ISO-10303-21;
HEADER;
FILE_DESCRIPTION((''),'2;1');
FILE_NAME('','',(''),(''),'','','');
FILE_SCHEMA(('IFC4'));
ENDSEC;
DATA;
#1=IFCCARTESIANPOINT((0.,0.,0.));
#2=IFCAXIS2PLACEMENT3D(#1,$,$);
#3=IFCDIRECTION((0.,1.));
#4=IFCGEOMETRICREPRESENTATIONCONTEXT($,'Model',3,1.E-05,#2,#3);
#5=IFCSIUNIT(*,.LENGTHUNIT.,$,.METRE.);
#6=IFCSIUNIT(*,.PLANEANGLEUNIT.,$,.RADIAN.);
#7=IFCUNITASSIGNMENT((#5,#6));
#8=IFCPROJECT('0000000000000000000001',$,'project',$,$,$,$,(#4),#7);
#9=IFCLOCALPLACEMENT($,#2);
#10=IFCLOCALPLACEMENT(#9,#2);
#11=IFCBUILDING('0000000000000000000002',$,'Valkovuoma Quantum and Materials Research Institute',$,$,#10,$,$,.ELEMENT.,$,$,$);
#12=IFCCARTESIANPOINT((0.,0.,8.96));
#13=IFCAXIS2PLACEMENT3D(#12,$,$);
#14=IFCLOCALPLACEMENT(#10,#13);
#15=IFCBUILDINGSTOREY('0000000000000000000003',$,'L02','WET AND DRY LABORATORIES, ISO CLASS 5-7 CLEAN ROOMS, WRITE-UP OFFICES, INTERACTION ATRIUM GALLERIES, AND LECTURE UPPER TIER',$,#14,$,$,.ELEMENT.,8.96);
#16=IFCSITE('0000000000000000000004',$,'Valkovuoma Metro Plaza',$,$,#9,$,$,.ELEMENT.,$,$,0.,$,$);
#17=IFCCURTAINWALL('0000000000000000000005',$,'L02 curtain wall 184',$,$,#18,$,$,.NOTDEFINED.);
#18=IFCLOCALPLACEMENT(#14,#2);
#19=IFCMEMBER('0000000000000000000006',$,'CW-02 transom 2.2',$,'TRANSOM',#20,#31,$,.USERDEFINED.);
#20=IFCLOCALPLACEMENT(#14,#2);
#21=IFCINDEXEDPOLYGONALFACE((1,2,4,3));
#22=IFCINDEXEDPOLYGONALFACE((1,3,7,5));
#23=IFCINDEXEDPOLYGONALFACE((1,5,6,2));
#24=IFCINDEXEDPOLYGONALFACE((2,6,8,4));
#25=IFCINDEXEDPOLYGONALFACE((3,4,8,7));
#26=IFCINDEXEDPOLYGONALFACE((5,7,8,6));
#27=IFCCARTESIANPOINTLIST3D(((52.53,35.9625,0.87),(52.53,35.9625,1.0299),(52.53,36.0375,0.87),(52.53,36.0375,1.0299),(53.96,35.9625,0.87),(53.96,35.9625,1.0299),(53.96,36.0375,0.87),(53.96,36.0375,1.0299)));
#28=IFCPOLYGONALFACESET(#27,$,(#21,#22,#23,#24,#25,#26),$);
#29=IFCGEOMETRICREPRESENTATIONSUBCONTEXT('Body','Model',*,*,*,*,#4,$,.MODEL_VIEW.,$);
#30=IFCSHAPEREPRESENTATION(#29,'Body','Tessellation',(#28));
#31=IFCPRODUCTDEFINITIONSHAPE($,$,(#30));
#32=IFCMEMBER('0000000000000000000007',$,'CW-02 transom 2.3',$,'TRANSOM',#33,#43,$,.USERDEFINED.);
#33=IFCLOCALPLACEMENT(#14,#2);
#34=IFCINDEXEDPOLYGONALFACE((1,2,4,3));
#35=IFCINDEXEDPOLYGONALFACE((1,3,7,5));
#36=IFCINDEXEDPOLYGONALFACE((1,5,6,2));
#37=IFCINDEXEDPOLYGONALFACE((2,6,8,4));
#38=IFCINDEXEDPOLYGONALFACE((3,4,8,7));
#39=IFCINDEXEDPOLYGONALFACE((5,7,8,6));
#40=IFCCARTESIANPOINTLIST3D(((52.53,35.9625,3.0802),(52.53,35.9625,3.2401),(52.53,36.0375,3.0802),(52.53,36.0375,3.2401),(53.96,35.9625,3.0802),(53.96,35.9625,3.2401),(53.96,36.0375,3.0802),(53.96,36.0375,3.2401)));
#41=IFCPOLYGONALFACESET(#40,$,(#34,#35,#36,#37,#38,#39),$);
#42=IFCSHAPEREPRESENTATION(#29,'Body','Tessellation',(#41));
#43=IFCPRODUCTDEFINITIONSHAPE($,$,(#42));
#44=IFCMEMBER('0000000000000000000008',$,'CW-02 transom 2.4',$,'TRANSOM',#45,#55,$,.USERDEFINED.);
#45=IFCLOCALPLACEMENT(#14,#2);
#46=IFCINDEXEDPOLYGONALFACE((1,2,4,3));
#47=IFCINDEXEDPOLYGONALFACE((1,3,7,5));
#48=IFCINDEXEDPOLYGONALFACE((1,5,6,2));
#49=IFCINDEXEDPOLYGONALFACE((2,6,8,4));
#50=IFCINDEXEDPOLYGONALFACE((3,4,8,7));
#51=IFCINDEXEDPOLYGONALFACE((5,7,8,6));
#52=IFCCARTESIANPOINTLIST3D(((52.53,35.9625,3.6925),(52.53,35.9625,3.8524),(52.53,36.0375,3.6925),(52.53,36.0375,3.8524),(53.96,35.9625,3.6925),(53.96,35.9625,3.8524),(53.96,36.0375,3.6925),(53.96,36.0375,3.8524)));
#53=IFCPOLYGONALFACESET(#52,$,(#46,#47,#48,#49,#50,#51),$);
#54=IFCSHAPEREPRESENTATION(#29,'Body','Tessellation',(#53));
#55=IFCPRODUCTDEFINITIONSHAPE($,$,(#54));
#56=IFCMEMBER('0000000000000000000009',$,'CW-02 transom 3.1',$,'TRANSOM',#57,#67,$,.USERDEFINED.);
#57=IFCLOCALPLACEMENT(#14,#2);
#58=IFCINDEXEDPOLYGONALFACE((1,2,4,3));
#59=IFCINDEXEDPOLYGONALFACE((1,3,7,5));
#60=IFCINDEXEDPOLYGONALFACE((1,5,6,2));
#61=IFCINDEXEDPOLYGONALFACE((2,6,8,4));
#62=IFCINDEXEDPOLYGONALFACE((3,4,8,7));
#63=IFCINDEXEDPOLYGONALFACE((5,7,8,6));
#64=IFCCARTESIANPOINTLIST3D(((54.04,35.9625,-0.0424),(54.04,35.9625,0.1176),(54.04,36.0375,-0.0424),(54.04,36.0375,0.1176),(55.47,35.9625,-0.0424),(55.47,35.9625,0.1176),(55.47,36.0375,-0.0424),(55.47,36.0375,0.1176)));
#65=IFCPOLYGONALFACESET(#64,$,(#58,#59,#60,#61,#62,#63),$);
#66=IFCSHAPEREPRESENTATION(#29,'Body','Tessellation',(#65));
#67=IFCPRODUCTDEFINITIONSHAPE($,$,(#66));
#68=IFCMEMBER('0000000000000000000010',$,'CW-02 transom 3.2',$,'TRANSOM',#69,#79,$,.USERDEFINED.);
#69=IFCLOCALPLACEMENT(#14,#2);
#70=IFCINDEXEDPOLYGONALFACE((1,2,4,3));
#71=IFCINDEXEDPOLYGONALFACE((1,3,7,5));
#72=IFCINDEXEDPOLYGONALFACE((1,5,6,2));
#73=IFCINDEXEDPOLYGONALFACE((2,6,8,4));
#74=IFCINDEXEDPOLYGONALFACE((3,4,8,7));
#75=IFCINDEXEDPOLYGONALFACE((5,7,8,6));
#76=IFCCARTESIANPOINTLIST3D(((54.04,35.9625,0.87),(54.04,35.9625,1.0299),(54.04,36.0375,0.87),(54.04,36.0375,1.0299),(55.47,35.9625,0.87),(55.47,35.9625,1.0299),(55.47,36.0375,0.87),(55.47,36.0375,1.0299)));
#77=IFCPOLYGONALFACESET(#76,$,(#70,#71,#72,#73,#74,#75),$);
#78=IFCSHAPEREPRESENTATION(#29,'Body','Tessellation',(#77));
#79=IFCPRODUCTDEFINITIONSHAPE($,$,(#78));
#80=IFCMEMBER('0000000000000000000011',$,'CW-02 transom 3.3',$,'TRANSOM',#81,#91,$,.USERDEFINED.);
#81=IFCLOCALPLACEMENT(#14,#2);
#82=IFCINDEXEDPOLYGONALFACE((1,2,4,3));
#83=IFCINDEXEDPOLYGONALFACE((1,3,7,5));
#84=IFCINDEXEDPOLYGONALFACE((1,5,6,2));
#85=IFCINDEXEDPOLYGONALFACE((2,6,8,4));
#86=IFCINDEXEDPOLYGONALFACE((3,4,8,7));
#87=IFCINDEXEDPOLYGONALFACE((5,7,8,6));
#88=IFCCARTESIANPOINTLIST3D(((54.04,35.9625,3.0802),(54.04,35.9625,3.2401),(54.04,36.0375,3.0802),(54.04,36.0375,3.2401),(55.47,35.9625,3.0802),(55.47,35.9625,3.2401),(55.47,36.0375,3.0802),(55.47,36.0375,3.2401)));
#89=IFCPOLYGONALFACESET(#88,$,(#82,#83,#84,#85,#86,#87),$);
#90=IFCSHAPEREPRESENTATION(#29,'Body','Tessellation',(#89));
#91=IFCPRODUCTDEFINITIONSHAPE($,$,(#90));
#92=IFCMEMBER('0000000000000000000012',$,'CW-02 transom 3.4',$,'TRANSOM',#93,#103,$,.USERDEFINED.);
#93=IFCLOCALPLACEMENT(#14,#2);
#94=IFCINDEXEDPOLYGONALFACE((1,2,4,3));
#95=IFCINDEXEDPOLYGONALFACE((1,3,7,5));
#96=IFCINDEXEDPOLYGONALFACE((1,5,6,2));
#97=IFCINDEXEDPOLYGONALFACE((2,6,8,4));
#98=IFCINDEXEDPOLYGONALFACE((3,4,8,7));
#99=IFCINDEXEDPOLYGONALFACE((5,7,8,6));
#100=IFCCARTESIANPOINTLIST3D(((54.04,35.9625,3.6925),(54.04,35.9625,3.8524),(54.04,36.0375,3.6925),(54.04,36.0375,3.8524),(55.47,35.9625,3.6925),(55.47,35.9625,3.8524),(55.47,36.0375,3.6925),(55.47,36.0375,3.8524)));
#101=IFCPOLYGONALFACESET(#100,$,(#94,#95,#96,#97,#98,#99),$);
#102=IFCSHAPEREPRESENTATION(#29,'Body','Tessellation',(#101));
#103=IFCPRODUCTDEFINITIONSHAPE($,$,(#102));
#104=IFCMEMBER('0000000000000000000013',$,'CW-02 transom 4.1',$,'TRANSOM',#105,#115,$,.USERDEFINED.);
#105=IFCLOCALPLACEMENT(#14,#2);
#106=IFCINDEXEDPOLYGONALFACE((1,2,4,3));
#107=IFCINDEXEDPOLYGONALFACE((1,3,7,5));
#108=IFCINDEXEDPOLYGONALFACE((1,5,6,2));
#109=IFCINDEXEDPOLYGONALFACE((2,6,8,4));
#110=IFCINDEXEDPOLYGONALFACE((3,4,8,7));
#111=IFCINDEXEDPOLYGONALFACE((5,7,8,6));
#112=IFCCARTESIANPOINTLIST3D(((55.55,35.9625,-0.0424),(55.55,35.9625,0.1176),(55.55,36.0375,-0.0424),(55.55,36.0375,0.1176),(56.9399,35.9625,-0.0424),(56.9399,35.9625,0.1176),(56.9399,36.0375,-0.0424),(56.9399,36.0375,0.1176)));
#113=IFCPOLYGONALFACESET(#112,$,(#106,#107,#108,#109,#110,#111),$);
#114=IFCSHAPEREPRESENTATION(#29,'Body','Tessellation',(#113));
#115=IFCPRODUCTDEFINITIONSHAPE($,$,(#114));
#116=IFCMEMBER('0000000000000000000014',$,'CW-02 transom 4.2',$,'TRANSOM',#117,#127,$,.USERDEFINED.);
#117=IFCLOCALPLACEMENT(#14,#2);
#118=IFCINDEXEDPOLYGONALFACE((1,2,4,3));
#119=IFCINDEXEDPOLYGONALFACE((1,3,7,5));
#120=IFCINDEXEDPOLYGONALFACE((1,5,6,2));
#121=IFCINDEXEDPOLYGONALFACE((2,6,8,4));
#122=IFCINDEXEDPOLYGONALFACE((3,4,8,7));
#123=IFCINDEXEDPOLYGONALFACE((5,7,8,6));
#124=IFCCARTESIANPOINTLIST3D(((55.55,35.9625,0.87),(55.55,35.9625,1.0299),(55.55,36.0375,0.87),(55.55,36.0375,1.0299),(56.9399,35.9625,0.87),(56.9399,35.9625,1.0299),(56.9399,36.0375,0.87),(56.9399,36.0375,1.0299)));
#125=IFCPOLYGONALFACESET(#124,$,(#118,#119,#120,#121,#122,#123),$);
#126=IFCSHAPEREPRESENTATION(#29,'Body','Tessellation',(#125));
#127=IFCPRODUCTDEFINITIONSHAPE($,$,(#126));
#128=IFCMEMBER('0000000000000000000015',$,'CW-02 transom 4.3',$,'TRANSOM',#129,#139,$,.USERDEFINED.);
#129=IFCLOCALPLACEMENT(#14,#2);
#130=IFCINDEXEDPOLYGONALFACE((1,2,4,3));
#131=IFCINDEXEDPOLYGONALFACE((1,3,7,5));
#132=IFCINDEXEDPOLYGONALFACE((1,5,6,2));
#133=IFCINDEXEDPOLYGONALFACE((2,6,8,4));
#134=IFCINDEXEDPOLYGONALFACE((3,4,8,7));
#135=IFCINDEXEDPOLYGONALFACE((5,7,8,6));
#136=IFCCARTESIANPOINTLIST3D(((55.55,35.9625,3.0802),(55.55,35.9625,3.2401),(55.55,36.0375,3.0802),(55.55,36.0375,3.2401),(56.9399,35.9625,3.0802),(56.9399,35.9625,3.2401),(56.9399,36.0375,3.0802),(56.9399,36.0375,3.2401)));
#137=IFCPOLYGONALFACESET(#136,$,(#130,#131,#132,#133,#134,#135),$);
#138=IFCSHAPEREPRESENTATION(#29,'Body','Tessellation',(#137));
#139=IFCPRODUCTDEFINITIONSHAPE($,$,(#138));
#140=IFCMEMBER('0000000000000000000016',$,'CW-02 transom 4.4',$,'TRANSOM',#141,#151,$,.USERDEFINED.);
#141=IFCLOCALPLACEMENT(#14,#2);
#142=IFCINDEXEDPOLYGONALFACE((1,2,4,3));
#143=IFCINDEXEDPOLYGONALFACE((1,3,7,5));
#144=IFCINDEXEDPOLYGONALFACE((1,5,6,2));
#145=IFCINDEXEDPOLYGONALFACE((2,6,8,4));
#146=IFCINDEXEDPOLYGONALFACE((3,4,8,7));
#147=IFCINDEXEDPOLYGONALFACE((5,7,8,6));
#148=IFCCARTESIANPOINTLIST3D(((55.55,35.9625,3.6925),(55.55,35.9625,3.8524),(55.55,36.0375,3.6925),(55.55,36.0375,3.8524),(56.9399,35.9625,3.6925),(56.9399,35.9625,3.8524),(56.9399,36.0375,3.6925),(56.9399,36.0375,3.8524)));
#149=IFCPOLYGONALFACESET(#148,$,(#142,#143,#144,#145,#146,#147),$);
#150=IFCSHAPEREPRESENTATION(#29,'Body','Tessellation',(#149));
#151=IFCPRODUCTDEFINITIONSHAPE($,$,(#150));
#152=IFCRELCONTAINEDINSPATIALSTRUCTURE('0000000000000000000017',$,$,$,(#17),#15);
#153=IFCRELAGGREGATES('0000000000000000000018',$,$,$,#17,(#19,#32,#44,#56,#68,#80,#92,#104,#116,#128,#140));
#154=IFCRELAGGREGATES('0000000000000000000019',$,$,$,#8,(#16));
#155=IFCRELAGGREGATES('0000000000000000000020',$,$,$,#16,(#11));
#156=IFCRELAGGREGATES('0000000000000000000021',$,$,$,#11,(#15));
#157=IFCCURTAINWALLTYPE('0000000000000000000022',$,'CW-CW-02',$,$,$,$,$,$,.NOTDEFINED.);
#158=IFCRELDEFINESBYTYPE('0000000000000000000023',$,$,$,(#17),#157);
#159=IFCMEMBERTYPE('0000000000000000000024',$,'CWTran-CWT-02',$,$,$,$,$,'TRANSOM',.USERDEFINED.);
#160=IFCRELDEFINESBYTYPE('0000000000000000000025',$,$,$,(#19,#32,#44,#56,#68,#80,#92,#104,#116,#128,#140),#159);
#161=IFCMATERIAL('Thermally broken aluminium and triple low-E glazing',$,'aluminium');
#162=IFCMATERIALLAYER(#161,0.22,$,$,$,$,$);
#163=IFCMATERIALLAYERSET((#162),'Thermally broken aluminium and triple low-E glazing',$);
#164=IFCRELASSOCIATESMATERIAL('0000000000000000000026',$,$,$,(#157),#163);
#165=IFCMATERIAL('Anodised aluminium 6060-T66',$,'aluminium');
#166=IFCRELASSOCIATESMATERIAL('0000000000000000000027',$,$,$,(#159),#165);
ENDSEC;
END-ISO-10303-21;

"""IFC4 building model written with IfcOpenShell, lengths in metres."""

from ifc_helpers import new_model, si_unit, direction, frame, origin, origin_2d, place, context, subcontext, project, spatial, rectangle, extrude, material, layer, layer_set, material_profile, profile_set, type_object, element, aggregate, save


model = new_model("IFC4")

# Units and contexts
model_context = context("Model", 3, precision=1e-05, world=origin(), true_north=direction((0.0, 1.0)))
body_context = subcontext(model_context, "Body", "Model", "MODEL_VIEW")
ifc_project = project(units=[si_unit("LENGTHUNIT", "METRE"), si_unit("PLANEANGLEUNIT", "RADIAN")], contexts=[model_context])

# Site, building, storey
site_placement = place(None, origin())
site = spatial("IfcSite", under=ifc_project, at=site_placement, Name="Valkovuoma Metro Plaza", CompositionType="ELEMENT", RefElevation=0.0)
building_placement = place(site_placement, origin())
building = spatial("IfcBuilding", under=site, at=building_placement, Name="Valkovuoma Quantum and Materials Research Institute", CompositionType="ELEMENT")
storey_placement = place(building_placement, frame((0.0, 0.0, 8.96)))
storey = spatial("IfcBuildingStorey", under=building, at=storey_placement, Name="L02", Description="WET AND DRY LABORATORIES, ISO CLASS 5-7 CLEAN ROOMS, WRITE-UP OFFICES, INTERACTION ATRIUM GALLERIES, AND LECTURE UPPER TIER", CompositionType="ELEMENT", Elevation=8.96)

# Curtain wall, members
ifc_material_1 = material(Name="Thermally broken aluminium and triple low-E glazing", Category="aluminium")
ifc_layer_1 = layer(ifc_material_1, 0.22)
ifc_layer_set_1 = layer_set([ifc_layer_1], Name="Thermally broken aluminium and triple low-E glazing")
curtain_wall_type = type_object("IfcCurtainWallType", Name="CW-CW-02", PredefinedType="NOTDEFINED", material=ifc_layer_set_1)
curtain_wall_placement = place(storey_placement, origin())
curtain_wall = element("IfcCurtainWall", 1, at=curtain_wall_placement, inside=storey, type_object=curtain_wall_type, Name="L02 curtain wall 184", PredefinedType="NOTDEFINED")
ifc_material_2 = material(Name="Anodised aluminium 6060-T66", Category="aluminium")
ifc_material_profile_1 = material_profile(ifc_material_2, rectangle(XDim=0.075, YDim=0.1599, at=origin_2d()), Name="Anodised aluminium 6060-T66")
ifc_profile_set_1 = profile_set([ifc_material_profile_1], Name="Anodised aluminium 6060-T66")
member_type_1 = type_object("IfcMemberType", Name="CWTran-CWT-02", ElementType="TRANSOM", PredefinedType="USERDEFINED", material=ifc_profile_set_1)
member_1_placement = place(storey_placement, frame((52.53, 36.0, 0.95), z_axis=(1.0, 0.0, 0.0), x_axis=(0.0, 1.0, 0.0)))
member_1 = element("IfcMember", 2, at=member_1_placement, type_object=member_type_1, Name="CW-02 transom 2.2", ObjectType="TRANSOM", PredefinedType="USERDEFINED", context=body_context, shape_type="SweptSolid", body=[
    extrude(rectangle(XDim=0.075, YDim=0.1599, at=origin_2d()), origin(), (0.0, 0.0, 1.0), 1.4299),
])
member_2_placement = place(storey_placement, frame((52.53, 36.0, 3.1602), z_axis=(1.0, 0.0, 0.0), x_axis=(0.0, 1.0, 0.0)))
member_2 = element("IfcMember", 3, at=member_2_placement, type_object=member_type_1, Name="CW-02 transom 2.3", ObjectType="TRANSOM", PredefinedType="USERDEFINED", context=body_context, shape_type="SweptSolid", body=[
    extrude(rectangle(XDim=0.075, YDim=0.1599, at=origin_2d()), origin(), (0.0, 0.0, 1.0), 1.4299),
])
member_3_placement = place(storey_placement, frame((52.53, 36.0, 3.7725), z_axis=(1.0, 0.0, 0.0), x_axis=(0.0, 1.0, 0.0)))
member_3 = element("IfcMember", 4, at=member_3_placement, type_object=member_type_1, Name="CW-02 transom 2.4", ObjectType="TRANSOM", PredefinedType="USERDEFINED", context=body_context, shape_type="SweptSolid", body=[
    extrude(rectangle(XDim=0.075, YDim=0.1599, at=origin_2d()), origin(), (0.0, 0.0, 1.0), 1.4299),
])
member_4_placement = place(storey_placement, frame((54.04, 36.0, 0.0376), z_axis=(1.0, 0.0, 0.0), x_axis=(0.0, 1.0, 0.0)))
member_4 = element("IfcMember", 5, at=member_4_placement, type_object=member_type_1, Name="CW-02 transom 3.1", ObjectType="TRANSOM", PredefinedType="USERDEFINED", context=body_context, shape_type="SweptSolid", body=[
    extrude(rectangle(XDim=0.075, YDim=0.1599, at=origin_2d()), origin(), (0.0, 0.0, 1.0), 1.4299),
])
member_5_placement = place(storey_placement, frame((54.04, 36.0, 0.95), z_axis=(1.0, 0.0, 0.0), x_axis=(0.0, 1.0, 0.0)))
member_5 = element("IfcMember", 6, at=member_5_placement, type_object=member_type_1, Name="CW-02 transom 3.2", ObjectType="TRANSOM", PredefinedType="USERDEFINED", context=body_context, shape_type="SweptSolid", body=[
    extrude(rectangle(XDim=0.075, YDim=0.1599, at=origin_2d()), origin(), (0.0, 0.0, 1.0), 1.4299),
])
member_6_placement = place(storey_placement, frame((54.04, 36.0, 3.1602), z_axis=(1.0, 0.0, 0.0), x_axis=(0.0, 1.0, 0.0)))
member_6 = element("IfcMember", 7, at=member_6_placement, type_object=member_type_1, Name="CW-02 transom 3.3", ObjectType="TRANSOM", PredefinedType="USERDEFINED", context=body_context, shape_type="SweptSolid", body=[
    extrude(rectangle(XDim=0.075, YDim=0.1599, at=origin_2d()), origin(), (0.0, 0.0, 1.0), 1.4299),
])
member_7_placement = place(storey_placement, frame((54.04, 36.0, 3.7725), z_axis=(1.0, 0.0, 0.0), x_axis=(0.0, 1.0, 0.0)))
member_7 = element("IfcMember", 8, at=member_7_placement, type_object=member_type_1, Name="CW-02 transom 3.4", ObjectType="TRANSOM", PredefinedType="USERDEFINED", context=body_context, shape_type="SweptSolid", body=[
    extrude(rectangle(XDim=0.075, YDim=0.1599, at=origin_2d()), origin(), (0.0, 0.0, 1.0), 1.4299),
])
member_8_placement = place(storey_placement, frame((55.55, 36.0, 0.0376), z_axis=(1.0, 0.0, 0.0), x_axis=(0.0, 1.0, 0.0)))
member_8 = element("IfcMember", 9, at=member_8_placement, type_object=member_type_1, Name="CW-02 transom 4.1", ObjectType="TRANSOM", PredefinedType="USERDEFINED", context=body_context, shape_type="SweptSolid", body=[
    extrude(rectangle(XDim=0.075, YDim=0.1599, at=origin_2d()), origin(), (0.0, 0.0, 1.0), 1.3899),
])
member_9_placement = place(storey_placement, frame((55.55, 36.0, 0.95), z_axis=(1.0, 0.0, 0.0), x_axis=(0.0, 1.0, 0.0)))
member_9 = element("IfcMember", 10, at=member_9_placement, type_object=member_type_1, Name="CW-02 transom 4.2", ObjectType="TRANSOM", PredefinedType="USERDEFINED", context=body_context, shape_type="SweptSolid", body=[
    extrude(rectangle(XDim=0.075, YDim=0.1599, at=origin_2d()), origin(), (0.0, 0.0, 1.0), 1.3899),
])
member_10_placement = place(storey_placement, frame((55.55, 36.0, 3.1602), z_axis=(1.0, 0.0, 0.0), x_axis=(0.0, 1.0, 0.0)))
member_10 = element("IfcMember", 11, at=member_10_placement, type_object=member_type_1, Name="CW-02 transom 4.3", ObjectType="TRANSOM", PredefinedType="USERDEFINED", context=body_context, shape_type="SweptSolid", body=[
    extrude(rectangle(XDim=0.075, YDim=0.1599, at=origin_2d()), origin(), (0.0, 0.0, 1.0), 1.3899),
])
member_11_placement = place(storey_placement, frame((55.55, 36.0, 3.7725), z_axis=(1.0, 0.0, 0.0), x_axis=(0.0, 1.0, 0.0)))
member_11 = element("IfcMember", 12, at=member_11_placement, type_object=member_type_1, Name="CW-02 transom 4.4", ObjectType="TRANSOM", PredefinedType="USERDEFINED", context=body_context, shape_type="SweptSolid", body=[
    extrude(rectangle(XDim=0.075, YDim=0.1599, at=origin_2d()), origin(), (0.0, 0.0, 1.0), 1.3899),
])

aggregate(curtain_wall, [member_1, member_2, member_3, member_4, member_5, member_6, member_7, member_8, member_9, member_10, member_11])

save(model, "model.ifc")
